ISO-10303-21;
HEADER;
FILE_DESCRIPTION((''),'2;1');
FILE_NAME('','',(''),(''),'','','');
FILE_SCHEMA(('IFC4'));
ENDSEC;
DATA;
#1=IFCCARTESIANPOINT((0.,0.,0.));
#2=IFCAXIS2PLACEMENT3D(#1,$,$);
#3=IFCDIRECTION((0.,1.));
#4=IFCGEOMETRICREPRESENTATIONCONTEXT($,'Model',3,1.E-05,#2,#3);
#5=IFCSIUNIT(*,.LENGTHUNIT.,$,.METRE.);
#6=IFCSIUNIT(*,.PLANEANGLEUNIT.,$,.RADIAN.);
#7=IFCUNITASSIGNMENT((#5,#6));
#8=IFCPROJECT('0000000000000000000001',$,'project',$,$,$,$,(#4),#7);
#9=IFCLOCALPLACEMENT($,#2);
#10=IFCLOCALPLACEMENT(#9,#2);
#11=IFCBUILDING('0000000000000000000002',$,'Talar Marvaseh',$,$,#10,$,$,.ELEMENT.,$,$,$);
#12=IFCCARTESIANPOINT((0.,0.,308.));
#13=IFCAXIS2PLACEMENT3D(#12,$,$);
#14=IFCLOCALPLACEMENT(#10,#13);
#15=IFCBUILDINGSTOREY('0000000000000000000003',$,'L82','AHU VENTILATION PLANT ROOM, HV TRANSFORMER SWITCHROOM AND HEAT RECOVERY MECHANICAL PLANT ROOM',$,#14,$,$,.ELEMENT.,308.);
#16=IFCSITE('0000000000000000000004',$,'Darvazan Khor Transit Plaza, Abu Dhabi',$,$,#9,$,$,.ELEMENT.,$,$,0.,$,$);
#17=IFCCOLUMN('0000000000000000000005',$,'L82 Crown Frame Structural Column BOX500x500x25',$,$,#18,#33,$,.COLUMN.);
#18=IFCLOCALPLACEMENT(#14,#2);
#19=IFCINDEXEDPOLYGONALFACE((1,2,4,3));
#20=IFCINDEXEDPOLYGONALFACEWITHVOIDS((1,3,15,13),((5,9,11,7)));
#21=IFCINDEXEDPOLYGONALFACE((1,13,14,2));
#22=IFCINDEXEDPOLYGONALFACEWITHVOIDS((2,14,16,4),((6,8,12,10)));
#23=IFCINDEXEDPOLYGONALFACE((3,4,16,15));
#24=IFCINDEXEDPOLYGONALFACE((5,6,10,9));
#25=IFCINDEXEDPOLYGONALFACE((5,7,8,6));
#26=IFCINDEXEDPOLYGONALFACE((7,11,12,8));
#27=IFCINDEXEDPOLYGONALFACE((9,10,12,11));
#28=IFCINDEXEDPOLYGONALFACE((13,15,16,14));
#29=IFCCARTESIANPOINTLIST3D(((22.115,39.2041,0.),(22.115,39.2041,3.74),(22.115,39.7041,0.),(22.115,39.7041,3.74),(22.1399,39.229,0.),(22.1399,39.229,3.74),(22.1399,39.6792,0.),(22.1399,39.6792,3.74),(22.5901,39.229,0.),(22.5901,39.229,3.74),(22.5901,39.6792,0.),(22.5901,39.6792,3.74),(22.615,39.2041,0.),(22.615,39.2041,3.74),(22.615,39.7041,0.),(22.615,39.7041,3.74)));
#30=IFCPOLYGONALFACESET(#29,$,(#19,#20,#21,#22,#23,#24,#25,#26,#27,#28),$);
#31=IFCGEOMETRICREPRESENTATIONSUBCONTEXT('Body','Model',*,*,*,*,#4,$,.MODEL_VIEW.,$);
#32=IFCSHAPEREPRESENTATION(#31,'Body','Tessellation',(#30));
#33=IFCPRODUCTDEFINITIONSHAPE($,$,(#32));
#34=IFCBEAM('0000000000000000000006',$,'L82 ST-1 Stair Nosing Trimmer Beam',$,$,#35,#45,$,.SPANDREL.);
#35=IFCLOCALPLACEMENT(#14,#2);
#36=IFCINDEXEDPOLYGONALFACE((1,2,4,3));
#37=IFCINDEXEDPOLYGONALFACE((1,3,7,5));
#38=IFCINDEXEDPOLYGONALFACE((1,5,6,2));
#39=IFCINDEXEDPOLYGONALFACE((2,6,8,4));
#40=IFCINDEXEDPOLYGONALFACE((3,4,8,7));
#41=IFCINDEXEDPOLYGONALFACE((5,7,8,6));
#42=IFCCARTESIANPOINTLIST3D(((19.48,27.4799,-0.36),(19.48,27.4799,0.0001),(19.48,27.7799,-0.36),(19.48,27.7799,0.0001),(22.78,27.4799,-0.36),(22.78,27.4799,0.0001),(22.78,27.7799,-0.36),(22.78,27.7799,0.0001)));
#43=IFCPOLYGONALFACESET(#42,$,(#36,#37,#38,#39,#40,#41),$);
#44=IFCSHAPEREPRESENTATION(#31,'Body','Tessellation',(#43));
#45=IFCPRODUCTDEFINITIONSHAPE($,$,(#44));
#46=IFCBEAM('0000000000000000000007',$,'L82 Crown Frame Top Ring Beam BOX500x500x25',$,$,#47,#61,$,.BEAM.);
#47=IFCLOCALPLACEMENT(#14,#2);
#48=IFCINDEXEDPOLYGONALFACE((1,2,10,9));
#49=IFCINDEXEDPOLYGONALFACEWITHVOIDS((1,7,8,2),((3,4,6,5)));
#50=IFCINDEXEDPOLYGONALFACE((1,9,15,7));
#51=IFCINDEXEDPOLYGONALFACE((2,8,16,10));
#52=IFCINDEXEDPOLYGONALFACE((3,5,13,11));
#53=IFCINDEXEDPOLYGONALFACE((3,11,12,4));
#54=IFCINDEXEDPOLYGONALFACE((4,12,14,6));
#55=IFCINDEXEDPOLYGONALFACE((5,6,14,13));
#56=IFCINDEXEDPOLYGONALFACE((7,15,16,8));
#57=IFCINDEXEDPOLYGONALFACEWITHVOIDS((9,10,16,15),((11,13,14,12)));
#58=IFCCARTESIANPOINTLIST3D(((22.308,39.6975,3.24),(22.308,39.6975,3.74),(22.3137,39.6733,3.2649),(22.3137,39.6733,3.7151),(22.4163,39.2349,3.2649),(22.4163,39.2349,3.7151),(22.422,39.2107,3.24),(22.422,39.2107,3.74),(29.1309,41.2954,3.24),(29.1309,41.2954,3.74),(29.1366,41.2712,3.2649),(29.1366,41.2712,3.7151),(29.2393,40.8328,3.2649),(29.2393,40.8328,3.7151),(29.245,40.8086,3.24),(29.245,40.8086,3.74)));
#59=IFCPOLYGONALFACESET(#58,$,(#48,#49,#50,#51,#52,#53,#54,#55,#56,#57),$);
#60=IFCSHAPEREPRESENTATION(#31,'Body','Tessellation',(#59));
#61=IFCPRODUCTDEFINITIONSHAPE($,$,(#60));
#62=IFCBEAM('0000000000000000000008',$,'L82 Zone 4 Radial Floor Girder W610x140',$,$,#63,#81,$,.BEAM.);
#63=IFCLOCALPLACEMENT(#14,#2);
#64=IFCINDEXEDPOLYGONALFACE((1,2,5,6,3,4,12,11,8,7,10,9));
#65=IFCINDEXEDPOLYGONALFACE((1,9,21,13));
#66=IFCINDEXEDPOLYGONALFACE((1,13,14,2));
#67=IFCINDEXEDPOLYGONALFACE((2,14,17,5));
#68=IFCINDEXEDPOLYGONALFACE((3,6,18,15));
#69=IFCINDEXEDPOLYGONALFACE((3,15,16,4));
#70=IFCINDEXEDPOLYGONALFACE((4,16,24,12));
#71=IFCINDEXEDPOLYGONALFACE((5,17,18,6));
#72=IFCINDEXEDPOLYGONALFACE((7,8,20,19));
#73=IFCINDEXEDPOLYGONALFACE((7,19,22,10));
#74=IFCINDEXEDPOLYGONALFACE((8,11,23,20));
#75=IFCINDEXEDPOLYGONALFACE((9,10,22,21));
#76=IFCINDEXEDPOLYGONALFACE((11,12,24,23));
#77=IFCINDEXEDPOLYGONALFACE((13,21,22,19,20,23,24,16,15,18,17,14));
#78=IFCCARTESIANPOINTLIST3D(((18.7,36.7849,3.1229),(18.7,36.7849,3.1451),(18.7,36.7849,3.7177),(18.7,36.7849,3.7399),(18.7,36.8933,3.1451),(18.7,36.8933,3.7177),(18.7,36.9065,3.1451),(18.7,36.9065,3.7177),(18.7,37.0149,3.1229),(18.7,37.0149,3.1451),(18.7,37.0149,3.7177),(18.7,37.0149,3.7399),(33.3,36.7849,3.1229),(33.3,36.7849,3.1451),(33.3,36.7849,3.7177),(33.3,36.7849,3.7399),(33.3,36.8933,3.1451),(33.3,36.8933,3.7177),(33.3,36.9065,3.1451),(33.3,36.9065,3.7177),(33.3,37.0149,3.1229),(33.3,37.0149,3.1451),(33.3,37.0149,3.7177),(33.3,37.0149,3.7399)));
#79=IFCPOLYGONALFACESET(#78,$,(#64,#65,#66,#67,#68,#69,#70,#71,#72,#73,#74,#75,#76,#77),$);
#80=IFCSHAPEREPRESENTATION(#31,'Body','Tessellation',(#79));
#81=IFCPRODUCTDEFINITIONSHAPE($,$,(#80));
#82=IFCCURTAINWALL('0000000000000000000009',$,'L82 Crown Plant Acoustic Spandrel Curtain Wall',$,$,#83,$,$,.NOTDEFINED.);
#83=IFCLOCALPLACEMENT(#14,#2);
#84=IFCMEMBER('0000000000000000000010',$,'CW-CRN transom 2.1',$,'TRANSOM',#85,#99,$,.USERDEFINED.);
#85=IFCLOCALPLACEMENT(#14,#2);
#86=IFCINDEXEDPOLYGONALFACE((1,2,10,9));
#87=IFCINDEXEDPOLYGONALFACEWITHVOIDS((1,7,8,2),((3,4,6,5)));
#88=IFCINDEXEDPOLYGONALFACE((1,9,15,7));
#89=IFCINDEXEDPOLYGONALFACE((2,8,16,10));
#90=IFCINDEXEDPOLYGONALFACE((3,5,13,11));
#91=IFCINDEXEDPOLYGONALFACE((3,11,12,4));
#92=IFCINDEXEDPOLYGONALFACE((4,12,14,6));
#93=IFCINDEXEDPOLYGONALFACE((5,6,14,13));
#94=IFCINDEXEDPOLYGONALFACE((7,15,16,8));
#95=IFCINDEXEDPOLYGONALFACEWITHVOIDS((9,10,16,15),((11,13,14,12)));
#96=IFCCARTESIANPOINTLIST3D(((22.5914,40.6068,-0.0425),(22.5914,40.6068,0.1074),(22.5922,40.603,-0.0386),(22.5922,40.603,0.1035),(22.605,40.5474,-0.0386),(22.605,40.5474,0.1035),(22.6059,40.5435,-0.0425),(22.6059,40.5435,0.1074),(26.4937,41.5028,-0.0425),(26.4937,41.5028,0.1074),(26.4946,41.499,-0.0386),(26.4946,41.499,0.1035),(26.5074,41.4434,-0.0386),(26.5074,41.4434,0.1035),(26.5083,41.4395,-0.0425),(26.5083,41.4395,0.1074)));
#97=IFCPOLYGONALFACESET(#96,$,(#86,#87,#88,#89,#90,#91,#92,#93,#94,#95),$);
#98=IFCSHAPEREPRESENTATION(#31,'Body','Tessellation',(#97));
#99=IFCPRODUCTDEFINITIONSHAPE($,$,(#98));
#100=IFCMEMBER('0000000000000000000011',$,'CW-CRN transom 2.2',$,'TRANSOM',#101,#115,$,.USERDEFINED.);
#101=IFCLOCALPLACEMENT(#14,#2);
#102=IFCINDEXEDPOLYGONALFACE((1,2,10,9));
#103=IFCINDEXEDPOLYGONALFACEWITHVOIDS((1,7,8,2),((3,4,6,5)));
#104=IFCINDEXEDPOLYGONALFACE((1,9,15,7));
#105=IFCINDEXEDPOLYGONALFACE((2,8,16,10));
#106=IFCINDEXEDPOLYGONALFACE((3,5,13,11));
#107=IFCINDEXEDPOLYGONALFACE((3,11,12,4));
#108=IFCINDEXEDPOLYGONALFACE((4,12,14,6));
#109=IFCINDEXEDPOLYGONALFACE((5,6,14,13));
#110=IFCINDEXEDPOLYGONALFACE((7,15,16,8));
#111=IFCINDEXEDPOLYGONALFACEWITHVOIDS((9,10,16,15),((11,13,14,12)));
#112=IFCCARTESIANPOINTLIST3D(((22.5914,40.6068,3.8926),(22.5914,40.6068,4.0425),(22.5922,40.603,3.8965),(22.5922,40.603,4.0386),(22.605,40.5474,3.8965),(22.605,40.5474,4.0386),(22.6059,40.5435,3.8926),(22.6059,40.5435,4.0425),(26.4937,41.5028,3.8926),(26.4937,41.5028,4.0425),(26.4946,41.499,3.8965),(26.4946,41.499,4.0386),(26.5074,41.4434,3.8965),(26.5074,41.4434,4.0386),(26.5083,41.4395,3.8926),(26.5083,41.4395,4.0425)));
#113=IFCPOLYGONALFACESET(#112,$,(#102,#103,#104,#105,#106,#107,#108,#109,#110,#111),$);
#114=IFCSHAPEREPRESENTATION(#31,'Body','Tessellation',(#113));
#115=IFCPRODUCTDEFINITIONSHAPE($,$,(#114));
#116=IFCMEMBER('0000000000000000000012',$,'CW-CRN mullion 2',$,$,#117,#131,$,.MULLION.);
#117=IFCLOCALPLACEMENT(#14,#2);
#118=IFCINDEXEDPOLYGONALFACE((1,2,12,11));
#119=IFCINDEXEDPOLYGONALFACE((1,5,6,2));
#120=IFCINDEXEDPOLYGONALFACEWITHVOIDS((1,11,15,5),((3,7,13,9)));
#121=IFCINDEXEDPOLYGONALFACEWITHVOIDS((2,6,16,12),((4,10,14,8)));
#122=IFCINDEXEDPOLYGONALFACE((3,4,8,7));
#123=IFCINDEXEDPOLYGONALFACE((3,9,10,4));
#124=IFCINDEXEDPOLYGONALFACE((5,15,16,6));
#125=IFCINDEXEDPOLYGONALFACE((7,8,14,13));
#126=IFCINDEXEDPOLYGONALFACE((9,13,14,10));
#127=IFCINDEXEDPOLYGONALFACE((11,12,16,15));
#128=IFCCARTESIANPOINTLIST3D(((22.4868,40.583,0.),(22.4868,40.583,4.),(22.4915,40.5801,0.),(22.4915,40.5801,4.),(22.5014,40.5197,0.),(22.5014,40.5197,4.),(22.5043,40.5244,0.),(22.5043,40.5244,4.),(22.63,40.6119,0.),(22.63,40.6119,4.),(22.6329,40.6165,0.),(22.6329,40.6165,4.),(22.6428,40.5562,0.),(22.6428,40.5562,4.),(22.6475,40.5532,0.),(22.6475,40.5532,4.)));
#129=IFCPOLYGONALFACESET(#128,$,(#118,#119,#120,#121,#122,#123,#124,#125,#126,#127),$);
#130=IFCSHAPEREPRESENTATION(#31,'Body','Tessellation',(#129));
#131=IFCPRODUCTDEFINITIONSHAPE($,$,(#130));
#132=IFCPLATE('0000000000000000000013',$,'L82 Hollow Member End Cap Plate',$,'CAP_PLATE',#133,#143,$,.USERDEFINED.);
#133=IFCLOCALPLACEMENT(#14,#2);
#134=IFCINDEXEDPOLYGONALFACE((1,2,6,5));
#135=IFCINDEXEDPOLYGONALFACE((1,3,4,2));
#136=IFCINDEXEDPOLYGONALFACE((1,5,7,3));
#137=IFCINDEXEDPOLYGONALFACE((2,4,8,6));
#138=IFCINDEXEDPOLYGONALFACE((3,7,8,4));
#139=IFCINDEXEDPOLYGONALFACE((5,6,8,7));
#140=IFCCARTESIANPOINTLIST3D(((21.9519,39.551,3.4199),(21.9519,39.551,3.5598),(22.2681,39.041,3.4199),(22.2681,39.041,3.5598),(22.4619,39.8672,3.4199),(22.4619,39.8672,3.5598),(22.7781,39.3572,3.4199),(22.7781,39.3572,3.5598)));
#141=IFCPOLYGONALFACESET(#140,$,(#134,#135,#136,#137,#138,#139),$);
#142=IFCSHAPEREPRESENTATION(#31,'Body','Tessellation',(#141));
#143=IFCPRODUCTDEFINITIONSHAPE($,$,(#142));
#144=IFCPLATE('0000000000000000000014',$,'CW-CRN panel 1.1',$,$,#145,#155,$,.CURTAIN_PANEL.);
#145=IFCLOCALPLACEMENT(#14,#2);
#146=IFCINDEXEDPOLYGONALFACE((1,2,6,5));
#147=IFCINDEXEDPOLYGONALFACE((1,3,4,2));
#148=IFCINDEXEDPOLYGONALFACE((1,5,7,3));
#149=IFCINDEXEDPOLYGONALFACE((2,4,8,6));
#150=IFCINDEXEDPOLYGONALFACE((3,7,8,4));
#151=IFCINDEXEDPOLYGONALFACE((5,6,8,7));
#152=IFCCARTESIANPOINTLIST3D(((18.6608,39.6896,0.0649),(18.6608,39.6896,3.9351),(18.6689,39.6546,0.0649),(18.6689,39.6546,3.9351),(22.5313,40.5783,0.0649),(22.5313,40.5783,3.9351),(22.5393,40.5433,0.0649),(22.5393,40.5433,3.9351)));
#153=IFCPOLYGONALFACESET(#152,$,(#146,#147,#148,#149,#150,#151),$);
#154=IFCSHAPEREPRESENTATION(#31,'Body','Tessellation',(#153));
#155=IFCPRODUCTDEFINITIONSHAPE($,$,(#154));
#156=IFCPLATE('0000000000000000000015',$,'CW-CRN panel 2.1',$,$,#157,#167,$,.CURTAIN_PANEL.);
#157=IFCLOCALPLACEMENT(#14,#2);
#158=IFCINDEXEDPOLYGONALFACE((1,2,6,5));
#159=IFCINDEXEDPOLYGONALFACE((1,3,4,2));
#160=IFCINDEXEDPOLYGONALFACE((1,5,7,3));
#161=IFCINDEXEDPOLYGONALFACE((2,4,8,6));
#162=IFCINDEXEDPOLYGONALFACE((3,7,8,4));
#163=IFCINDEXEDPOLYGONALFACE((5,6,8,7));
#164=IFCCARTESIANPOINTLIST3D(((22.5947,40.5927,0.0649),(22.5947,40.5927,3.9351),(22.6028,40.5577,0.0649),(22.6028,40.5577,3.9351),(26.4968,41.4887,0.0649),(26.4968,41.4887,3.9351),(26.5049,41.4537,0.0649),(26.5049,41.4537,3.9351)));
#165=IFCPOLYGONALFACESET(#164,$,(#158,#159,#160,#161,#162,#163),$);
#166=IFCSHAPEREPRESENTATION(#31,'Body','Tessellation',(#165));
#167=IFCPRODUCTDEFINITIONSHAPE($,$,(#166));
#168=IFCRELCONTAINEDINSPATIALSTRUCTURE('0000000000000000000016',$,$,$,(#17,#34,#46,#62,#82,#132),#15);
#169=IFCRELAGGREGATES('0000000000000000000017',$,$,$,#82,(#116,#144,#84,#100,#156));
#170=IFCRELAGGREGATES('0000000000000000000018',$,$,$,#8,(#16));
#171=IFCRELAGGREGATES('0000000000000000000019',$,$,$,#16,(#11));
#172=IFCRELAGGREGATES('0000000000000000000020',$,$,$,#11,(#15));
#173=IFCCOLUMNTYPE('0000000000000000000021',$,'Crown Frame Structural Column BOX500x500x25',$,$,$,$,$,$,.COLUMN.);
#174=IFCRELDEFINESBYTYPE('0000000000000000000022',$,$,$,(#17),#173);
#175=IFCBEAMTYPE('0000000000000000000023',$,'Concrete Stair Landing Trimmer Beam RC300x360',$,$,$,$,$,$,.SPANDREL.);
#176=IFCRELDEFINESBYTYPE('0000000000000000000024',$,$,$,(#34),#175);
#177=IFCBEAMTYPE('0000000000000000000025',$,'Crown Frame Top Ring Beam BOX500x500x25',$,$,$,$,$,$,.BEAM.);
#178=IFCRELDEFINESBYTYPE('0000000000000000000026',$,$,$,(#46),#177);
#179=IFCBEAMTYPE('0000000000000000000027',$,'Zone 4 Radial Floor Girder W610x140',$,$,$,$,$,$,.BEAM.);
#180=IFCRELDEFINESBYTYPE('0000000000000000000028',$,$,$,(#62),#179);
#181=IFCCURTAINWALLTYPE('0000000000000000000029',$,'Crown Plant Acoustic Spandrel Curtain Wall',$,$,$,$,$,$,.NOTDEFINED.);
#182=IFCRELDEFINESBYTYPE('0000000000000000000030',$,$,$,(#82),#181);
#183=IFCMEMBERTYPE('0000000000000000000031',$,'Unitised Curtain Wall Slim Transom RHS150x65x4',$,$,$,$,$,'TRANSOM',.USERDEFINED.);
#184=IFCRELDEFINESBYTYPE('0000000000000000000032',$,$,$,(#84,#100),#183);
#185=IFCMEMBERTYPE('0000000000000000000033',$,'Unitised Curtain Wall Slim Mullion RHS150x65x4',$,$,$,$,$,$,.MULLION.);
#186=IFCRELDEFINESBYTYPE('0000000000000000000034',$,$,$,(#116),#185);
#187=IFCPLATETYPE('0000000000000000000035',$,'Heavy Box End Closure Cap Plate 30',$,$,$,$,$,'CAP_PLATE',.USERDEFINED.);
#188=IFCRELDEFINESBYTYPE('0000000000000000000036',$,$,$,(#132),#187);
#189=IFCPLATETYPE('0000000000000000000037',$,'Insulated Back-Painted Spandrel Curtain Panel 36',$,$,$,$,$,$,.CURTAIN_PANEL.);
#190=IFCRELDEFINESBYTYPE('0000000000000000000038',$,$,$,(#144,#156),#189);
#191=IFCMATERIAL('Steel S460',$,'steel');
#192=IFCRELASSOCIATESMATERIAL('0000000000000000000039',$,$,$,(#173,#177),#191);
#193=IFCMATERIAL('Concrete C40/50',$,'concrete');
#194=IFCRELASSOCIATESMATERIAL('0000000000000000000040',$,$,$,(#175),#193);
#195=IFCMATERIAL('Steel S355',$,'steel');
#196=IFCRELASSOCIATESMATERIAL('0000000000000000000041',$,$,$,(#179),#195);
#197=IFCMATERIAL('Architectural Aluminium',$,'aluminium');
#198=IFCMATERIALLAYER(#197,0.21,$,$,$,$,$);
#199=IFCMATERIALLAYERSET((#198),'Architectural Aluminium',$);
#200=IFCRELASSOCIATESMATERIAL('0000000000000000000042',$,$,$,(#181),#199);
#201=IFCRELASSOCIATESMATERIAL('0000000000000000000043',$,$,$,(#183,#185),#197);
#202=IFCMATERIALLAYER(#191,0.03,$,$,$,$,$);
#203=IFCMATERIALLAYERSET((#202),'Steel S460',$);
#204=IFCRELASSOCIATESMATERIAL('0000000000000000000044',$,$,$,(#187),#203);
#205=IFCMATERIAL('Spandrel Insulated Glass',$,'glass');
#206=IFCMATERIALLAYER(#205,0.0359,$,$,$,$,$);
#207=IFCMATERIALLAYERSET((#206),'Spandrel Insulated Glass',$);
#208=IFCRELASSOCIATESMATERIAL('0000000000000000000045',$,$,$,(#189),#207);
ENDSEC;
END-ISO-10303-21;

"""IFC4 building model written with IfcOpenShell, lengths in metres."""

from ifc_helpers import new_model, si_unit, direction, frame, origin, origin_2d, place, context, subcontext, project, spatial, rectangle, hollow_rectangle, i_section, extrude, source, transform, mapped, material, layer, layer_set, material_profile, profile_set, type_object, type_shapes, element, aggregate, save


model = new_model("IFC4")

# Units and contexts
model_context = context("Model", 3, precision=1e-05, world=origin(), true_north=direction((0.0, 1.0)))
body_context = subcontext(model_context, "Body", "Model", "MODEL_VIEW")
ifc_project = project(units=[si_unit("LENGTHUNIT", "METRE"), si_unit("PLANEANGLEUNIT", "RADIAN")], contexts=[model_context])

# Site, building, storey
site_placement = place(None, origin())
site = spatial("IfcSite", under=ifc_project, at=site_placement, Name="Darvazan Khor Transit Plaza, Abu Dhabi", CompositionType="ELEMENT", RefElevation=0.0)
building_placement = place(site_placement, origin())
building = spatial("IfcBuilding", under=site, at=building_placement, Name="Talar Marvaseh", CompositionType="ELEMENT")
storey_placement = place(building_placement, frame((0.0, 0.0, 308.0)))
storey = spatial("IfcBuildingStorey", under=building, at=storey_placement, Name="L82", Description="AHU VENTILATION PLANT ROOM, HV TRANSFORMER SWITCHROOM AND HEAT RECOVERY MECHANICAL PLANT ROOM", CompositionType="ELEMENT", Elevation=308.0)

# Column
ifc_material_1 = material(Name="Steel S460", Category="steel")
ifc_material_profile_1 = material_profile(ifc_material_1, hollow_rectangle(XDim=0.5, YDim=0.5, WallThickness=0.0249, at=origin_2d()), Name="BOX500x500x25")
ifc_profile_set_1 = profile_set([ifc_material_profile_1], Name="Steel S460")
column_type = type_object("IfcColumnType", Name="Crown Frame Structural Column BOX500x500x25", PredefinedType="COLUMN", material=ifc_profile_set_1)
column_placement = place(storey_placement, frame((22.365, 39.4541, 0.0), z_axis=(0.0, 0.0, 1.0), x_axis=(1.0, 0.0, 0.0)))
element("IfcColumn", 1, at=column_placement, inside=storey, type_object=column_type, Name="L82 Crown Frame Structural Column BOX500x500x25", PredefinedType="COLUMN", context=body_context, shape_type="SweptSolid", body=[
    extrude(hollow_rectangle(XDim=0.5, YDim=0.5, WallThickness=0.0249, at=origin_2d()), origin(), (0.0, 0.0, 1.0), 3.74),
])

# Beams
ifc_material_2 = material(Name="Concrete C40/50", Category="concrete")
ifc_material_profile_2 = material_profile(ifc_material_2, rectangle(XDim=0.3, YDim=0.3601, at=origin_2d()), Name="RC300x360")
ifc_profile_set_2 = profile_set([ifc_material_profile_2], Name="Concrete C40/50")
beam_type_1 = type_object("IfcBeamType", Name="Concrete Stair Landing Trimmer Beam RC300x360", PredefinedType="SPANDREL", material=ifc_profile_set_2)
beam_1_placement = place(storey_placement, frame((22.78, 27.6299, -0.1799), z_axis=(-1.0, 0.0, 0.0), x_axis=(0.0, -1.0, 0.0)))
element("IfcBeam", 2, at=beam_1_placement, inside=storey, type_object=beam_type_1, Name="L82 ST-1 Stair Nosing Trimmer Beam", PredefinedType="SPANDREL", context=body_context, shape_type="SweptSolid", body=[
    extrude(rectangle(XDim=0.3, YDim=0.3601, at=origin_2d()), origin(), (0.0, 0.0, 1.0), 3.3),
])
ifc_material_profile_3 = material_profile(ifc_material_1, hollow_rectangle(XDim=0.5, YDim=0.5, WallThickness=0.0249, at=origin_2d()), Name="BOX500x500x25")
ifc_profile_set_3 = profile_set([ifc_material_profile_3], Name="Steel S460")
beam_type_2 = type_object("IfcBeamType", Name="Crown Frame Top Ring Beam BOX500x500x25", PredefinedType="BEAM", material=ifc_profile_set_3)
beam_2_placement = place(storey_placement, frame((22.365, 39.4541, 3.49), z_axis=(0.973656, 0.228024, 0.0), x_axis=(-0.228024, 0.973656, 0.0)))
element("IfcBeam", 3, at=beam_2_placement, inside=storey, type_object=beam_type_2, Name="L82 Crown Frame Top Ring Beam BOX500x500x25", PredefinedType="BEAM", context=body_context, shape_type="SweptSolid", body=[
    extrude(hollow_rectangle(XDim=0.5, YDim=0.5, WallThickness=0.0249, at=origin_2d()), origin(), (0.0, 0.0, 1.0), 7.0076),
])
ifc_material_3 = material(Name="Steel S355", Category="steel")
ifc_material_profile_4 = material_profile(ifc_material_3, i_section(OverallWidth=0.23, OverallDepth=0.6169, WebThickness=0.0132, FlangeThickness=0.0222, at=origin_2d()), Name="W610x140")
ifc_profile_set_4 = profile_set([ifc_material_profile_4], Name="Steel S355")
beam_type_3 = type_object("IfcBeamType", Name="Zone 4 Radial Floor Girder W610x140", PredefinedType="BEAM", material=ifc_profile_set_4)
beam_3_placement = place(storey_placement, frame((18.7, 36.8999, 3.4314), z_axis=(1.0, 0.0, 0.0), x_axis=(0.0, 1.0, 0.0)))
element("IfcBeam", 4, at=beam_3_placement, inside=storey, type_object=beam_type_3, Name="L82 Zone 4 Radial Floor Girder W610x140", PredefinedType="BEAM", context=body_context, shape_type="SweptSolid", body=[
    extrude(i_section(OverallWidth=0.23, OverallDepth=0.6169, WebThickness=0.0132, FlangeThickness=0.0222, at=origin_2d()), origin(), (0.0, 0.0, 1.0), 14.6001),
])

# Curtain wall, members
ifc_material_4 = material(Name="Architectural Aluminium", Category="aluminium")
ifc_layer_1 = layer(ifc_material_4, 0.21)
ifc_layer_set_1 = layer_set([ifc_layer_1], Name="Architectural Aluminium")
curtain_wall_type = type_object("IfcCurtainWallType", Name="Crown Plant Acoustic Spandrel Curtain Wall", PredefinedType="NOTDEFINED", material=ifc_layer_set_1)
curtain_wall_placement = place(storey_placement, origin())
curtain_wall = element("IfcCurtainWall", 5, at=curtain_wall_placement, inside=storey, type_object=curtain_wall_type, Name="L82 Crown Plant Acoustic Spandrel Curtain Wall", PredefinedType="NOTDEFINED")
ifc_material_profile_5 = material_profile(ifc_material_4, hollow_rectangle(XDim=0.0649, YDim=0.1499, WallThickness=0.0039, at=origin_2d()), Name="RHS150x65x4")
ifc_profile_set_5 = profile_set([ifc_material_profile_5], Name="Architectural Aluminium")
member_type_1 = type_object("IfcMemberType", Name="Unitised Curtain Wall Slim Transom RHS150x65x4", ElementType="TRANSOM", PredefinedType="USERDEFINED", material=ifc_profile_set_5)
shared_shape_1 = source(origin(), body_context, "Body", "SweptSolid", [
    extrude(hollow_rectangle(XDim=0.0649, YDim=0.1499, WallThickness=0.0039, at=origin_2d()), origin(), (0.0, 0.0, 1.0), 4.0039),
])
type_shapes(member_type_1, [shared_shape_1])
member_1_placement = place(storey_placement, frame((22.5986, 40.5752, 0.0325), z_axis=(0.974639, 0.223782, 0.0), x_axis=(-0.223782, 0.974639, 0.0)))
member_1 = element("IfcMember", 6, at=member_1_placement, type_object=member_type_1, Name="CW-CRN transom 2.1", ObjectType="TRANSOM", PredefinedType="USERDEFINED", context=body_context, shape_type="MappedRepresentation", body=[
    mapped(shared_shape_1, transform((0.0, 0.0, 0.0), x_axis=(1.0, 0.0, 0.0), y_axis=(0.0, 1.0, 0.0), z_axis=(0.0, 0.0, 1.0), scale=1.0)),
])
member_2_placement = place(storey_placement, frame((22.5986, 40.5752, 3.9675), z_axis=(0.974639, 0.223782, 0.0), x_axis=(-0.223782, 0.974639, 0.0)))
member_2 = element("IfcMember", 7, at=member_2_placement, type_object=member_type_1, Name="CW-CRN transom 2.2", ObjectType="TRANSOM", PredefinedType="USERDEFINED", context=body_context, shape_type="MappedRepresentation", body=[
    mapped(shared_shape_1, transform((0.0, 0.0, 0.0), x_axis=(1.0, 0.0, 0.0), y_axis=(0.0, 1.0, 0.0), z_axis=(0.0, 0.0, 1.0), scale=1.0)),
])
ifc_material_profile_6 = material_profile(ifc_material_4, hollow_rectangle(XDim=0.0649, YDim=0.1499, WallThickness=0.0039, at=origin_2d()), Name="RHS150x65x4")
ifc_profile_set_6 = profile_set([ifc_material_profile_6], Name="Architectural Aluminium")
member_type_2 = type_object("IfcMemberType", Name="Unitised Curtain Wall Slim Mullion RHS150x65x4", PredefinedType="MULLION", material=ifc_profile_set_6)
shared_shape_2 = source(origin(), body_context, "Body", "SweptSolid", [
    extrude(hollow_rectangle(XDim=0.0649, YDim=0.1499, WallThickness=0.0039, at=origin_2d()), origin(), (0.0, 0.0, 1.0), 4.0),
])
type_shapes(member_type_2, [shared_shape_2])
member_3_placement = place(storey_placement, frame((22.5671, 40.5681, 0.0), z_axis=(0.0, 0.0, 1.0), x_axis=(-0.223792, 0.974637, 0.0)))
member_3 = element("IfcMember", 8, at=member_3_placement, type_object=member_type_2, Name="CW-CRN mullion 2", PredefinedType="MULLION", context=body_context, shape_type="MappedRepresentation", body=[
    mapped(shared_shape_2, transform((0.0, 0.0, 0.0), x_axis=(1.0, 0.0, 0.0), y_axis=(0.0, 1.0, 0.0), z_axis=(0.0, 0.0, 1.0), scale=1.0)),
])

# Plates
ifc_layer_2 = layer(ifc_material_1, 0.03)
ifc_layer_set_2 = layer_set([ifc_layer_2], Name="Steel S460")
plate_type_1 = type_object("IfcPlateType", Name="Heavy Box End Closure Cap Plate 30", ElementType="CAP_PLATE", PredefinedType="USERDEFINED", material=ifc_layer_set_2)
shared_shape_3 = source(origin(), body_context, "Body", "SweptSolid", [
    extrude(rectangle(XDim=0.6001, YDim=0.6001, at=origin_2d()), origin(), (0.0, 0.0, 1.0), 0.1399),
])
type_shapes(plate_type_1, [shared_shape_3])
plate_1_placement = place(storey_placement, frame((22.365, 39.4541, 3.4199), z_axis=(0.0, 0.0, 1.0), x_axis=(0.849893, 0.526956, 0.0)))
element("IfcPlate", 9, at=plate_1_placement, inside=storey, type_object=plate_type_1, Name="L82 Hollow Member End Cap Plate", ObjectType="CAP_PLATE", PredefinedType="USERDEFINED", context=body_context, shape_type="MappedRepresentation", body=[
    mapped(shared_shape_3, transform((0.0, 0.0, 0.0), x_axis=(1.0, 0.0, 0.0), y_axis=(0.0, 1.0, 0.0), z_axis=(0.0, 0.0, 1.0), scale=1.0)),
])
ifc_material_5 = material(Name="Spandrel Insulated Glass", Category="glass")
ifc_layer_3 = layer(ifc_material_5, 0.0359)
ifc_layer_set_3 = layer_set([ifc_layer_3], Name="Spandrel Insulated Glass")
plate_type_2 = type_object("IfcPlateType", Name="Insulated Back-Painted Spandrel Curtain Panel 36", PredefinedType="CURTAIN_PANEL", material=ifc_layer_set_3)
shared_shape_4 = source(origin(), body_context, "Body", "SweptSolid", [
    extrude(rectangle(XDim=3.9712, YDim=0.0359, at=origin_2d()), origin(), (0.0, 0.0, 1.0), 3.8701),
])
plate_2_placement = place(storey_placement, frame((20.6001, 40.1165, 0.0649), z_axis=(0.0, 0.0, 1.0), x_axis=(0.974637, 0.223792, 0.0)))
plate_2 = element("IfcPlate", 10, at=plate_2_placement, type_object=plate_type_2, Name="CW-CRN panel 1.1", PredefinedType="CURTAIN_PANEL", context=body_context, shape_type="MappedRepresentation", body=[
    mapped(shared_shape_4, transform((0.0, 0.0, 0.0), x_axis=(1.0, 0.0, 0.0), y_axis=(0.0, 1.0, 0.0), z_axis=(0.0, 0.0, 1.0), scale=1.0)),
])
shared_shape_5 = source(origin(), body_context, "Body", "SweptSolid", [
    extrude(rectangle(XDim=4.0037, YDim=0.0359, at=origin_2d()), origin(), (0.0, 0.0, 1.0), 3.8701),
])
type_shapes(plate_type_2, [shared_shape_4, shared_shape_5])
plate_3_placement = place(storey_placement, frame((24.5498, 41.0232, 0.0649), z_axis=(0.0, 0.0, 1.0), x_axis=(0.974637, 0.223792, 0.0)))
plate_3 = element("IfcPlate", 11, at=plate_3_placement, type_object=plate_type_2, Name="CW-CRN panel 2.1", PredefinedType="CURTAIN_PANEL", context=body_context, shape_type="MappedRepresentation", body=[
    mapped(shared_shape_5, transform((0.0, 0.0, 0.0), x_axis=(1.0, 0.0, 0.0), y_axis=(0.0, 1.0, 0.0), z_axis=(0.0, 0.0, 1.0), scale=1.0)),
])
aggregate(curtain_wall, [member_3, plate_2, member_1, member_2, plate_3])

save(model, "model.ifc")
